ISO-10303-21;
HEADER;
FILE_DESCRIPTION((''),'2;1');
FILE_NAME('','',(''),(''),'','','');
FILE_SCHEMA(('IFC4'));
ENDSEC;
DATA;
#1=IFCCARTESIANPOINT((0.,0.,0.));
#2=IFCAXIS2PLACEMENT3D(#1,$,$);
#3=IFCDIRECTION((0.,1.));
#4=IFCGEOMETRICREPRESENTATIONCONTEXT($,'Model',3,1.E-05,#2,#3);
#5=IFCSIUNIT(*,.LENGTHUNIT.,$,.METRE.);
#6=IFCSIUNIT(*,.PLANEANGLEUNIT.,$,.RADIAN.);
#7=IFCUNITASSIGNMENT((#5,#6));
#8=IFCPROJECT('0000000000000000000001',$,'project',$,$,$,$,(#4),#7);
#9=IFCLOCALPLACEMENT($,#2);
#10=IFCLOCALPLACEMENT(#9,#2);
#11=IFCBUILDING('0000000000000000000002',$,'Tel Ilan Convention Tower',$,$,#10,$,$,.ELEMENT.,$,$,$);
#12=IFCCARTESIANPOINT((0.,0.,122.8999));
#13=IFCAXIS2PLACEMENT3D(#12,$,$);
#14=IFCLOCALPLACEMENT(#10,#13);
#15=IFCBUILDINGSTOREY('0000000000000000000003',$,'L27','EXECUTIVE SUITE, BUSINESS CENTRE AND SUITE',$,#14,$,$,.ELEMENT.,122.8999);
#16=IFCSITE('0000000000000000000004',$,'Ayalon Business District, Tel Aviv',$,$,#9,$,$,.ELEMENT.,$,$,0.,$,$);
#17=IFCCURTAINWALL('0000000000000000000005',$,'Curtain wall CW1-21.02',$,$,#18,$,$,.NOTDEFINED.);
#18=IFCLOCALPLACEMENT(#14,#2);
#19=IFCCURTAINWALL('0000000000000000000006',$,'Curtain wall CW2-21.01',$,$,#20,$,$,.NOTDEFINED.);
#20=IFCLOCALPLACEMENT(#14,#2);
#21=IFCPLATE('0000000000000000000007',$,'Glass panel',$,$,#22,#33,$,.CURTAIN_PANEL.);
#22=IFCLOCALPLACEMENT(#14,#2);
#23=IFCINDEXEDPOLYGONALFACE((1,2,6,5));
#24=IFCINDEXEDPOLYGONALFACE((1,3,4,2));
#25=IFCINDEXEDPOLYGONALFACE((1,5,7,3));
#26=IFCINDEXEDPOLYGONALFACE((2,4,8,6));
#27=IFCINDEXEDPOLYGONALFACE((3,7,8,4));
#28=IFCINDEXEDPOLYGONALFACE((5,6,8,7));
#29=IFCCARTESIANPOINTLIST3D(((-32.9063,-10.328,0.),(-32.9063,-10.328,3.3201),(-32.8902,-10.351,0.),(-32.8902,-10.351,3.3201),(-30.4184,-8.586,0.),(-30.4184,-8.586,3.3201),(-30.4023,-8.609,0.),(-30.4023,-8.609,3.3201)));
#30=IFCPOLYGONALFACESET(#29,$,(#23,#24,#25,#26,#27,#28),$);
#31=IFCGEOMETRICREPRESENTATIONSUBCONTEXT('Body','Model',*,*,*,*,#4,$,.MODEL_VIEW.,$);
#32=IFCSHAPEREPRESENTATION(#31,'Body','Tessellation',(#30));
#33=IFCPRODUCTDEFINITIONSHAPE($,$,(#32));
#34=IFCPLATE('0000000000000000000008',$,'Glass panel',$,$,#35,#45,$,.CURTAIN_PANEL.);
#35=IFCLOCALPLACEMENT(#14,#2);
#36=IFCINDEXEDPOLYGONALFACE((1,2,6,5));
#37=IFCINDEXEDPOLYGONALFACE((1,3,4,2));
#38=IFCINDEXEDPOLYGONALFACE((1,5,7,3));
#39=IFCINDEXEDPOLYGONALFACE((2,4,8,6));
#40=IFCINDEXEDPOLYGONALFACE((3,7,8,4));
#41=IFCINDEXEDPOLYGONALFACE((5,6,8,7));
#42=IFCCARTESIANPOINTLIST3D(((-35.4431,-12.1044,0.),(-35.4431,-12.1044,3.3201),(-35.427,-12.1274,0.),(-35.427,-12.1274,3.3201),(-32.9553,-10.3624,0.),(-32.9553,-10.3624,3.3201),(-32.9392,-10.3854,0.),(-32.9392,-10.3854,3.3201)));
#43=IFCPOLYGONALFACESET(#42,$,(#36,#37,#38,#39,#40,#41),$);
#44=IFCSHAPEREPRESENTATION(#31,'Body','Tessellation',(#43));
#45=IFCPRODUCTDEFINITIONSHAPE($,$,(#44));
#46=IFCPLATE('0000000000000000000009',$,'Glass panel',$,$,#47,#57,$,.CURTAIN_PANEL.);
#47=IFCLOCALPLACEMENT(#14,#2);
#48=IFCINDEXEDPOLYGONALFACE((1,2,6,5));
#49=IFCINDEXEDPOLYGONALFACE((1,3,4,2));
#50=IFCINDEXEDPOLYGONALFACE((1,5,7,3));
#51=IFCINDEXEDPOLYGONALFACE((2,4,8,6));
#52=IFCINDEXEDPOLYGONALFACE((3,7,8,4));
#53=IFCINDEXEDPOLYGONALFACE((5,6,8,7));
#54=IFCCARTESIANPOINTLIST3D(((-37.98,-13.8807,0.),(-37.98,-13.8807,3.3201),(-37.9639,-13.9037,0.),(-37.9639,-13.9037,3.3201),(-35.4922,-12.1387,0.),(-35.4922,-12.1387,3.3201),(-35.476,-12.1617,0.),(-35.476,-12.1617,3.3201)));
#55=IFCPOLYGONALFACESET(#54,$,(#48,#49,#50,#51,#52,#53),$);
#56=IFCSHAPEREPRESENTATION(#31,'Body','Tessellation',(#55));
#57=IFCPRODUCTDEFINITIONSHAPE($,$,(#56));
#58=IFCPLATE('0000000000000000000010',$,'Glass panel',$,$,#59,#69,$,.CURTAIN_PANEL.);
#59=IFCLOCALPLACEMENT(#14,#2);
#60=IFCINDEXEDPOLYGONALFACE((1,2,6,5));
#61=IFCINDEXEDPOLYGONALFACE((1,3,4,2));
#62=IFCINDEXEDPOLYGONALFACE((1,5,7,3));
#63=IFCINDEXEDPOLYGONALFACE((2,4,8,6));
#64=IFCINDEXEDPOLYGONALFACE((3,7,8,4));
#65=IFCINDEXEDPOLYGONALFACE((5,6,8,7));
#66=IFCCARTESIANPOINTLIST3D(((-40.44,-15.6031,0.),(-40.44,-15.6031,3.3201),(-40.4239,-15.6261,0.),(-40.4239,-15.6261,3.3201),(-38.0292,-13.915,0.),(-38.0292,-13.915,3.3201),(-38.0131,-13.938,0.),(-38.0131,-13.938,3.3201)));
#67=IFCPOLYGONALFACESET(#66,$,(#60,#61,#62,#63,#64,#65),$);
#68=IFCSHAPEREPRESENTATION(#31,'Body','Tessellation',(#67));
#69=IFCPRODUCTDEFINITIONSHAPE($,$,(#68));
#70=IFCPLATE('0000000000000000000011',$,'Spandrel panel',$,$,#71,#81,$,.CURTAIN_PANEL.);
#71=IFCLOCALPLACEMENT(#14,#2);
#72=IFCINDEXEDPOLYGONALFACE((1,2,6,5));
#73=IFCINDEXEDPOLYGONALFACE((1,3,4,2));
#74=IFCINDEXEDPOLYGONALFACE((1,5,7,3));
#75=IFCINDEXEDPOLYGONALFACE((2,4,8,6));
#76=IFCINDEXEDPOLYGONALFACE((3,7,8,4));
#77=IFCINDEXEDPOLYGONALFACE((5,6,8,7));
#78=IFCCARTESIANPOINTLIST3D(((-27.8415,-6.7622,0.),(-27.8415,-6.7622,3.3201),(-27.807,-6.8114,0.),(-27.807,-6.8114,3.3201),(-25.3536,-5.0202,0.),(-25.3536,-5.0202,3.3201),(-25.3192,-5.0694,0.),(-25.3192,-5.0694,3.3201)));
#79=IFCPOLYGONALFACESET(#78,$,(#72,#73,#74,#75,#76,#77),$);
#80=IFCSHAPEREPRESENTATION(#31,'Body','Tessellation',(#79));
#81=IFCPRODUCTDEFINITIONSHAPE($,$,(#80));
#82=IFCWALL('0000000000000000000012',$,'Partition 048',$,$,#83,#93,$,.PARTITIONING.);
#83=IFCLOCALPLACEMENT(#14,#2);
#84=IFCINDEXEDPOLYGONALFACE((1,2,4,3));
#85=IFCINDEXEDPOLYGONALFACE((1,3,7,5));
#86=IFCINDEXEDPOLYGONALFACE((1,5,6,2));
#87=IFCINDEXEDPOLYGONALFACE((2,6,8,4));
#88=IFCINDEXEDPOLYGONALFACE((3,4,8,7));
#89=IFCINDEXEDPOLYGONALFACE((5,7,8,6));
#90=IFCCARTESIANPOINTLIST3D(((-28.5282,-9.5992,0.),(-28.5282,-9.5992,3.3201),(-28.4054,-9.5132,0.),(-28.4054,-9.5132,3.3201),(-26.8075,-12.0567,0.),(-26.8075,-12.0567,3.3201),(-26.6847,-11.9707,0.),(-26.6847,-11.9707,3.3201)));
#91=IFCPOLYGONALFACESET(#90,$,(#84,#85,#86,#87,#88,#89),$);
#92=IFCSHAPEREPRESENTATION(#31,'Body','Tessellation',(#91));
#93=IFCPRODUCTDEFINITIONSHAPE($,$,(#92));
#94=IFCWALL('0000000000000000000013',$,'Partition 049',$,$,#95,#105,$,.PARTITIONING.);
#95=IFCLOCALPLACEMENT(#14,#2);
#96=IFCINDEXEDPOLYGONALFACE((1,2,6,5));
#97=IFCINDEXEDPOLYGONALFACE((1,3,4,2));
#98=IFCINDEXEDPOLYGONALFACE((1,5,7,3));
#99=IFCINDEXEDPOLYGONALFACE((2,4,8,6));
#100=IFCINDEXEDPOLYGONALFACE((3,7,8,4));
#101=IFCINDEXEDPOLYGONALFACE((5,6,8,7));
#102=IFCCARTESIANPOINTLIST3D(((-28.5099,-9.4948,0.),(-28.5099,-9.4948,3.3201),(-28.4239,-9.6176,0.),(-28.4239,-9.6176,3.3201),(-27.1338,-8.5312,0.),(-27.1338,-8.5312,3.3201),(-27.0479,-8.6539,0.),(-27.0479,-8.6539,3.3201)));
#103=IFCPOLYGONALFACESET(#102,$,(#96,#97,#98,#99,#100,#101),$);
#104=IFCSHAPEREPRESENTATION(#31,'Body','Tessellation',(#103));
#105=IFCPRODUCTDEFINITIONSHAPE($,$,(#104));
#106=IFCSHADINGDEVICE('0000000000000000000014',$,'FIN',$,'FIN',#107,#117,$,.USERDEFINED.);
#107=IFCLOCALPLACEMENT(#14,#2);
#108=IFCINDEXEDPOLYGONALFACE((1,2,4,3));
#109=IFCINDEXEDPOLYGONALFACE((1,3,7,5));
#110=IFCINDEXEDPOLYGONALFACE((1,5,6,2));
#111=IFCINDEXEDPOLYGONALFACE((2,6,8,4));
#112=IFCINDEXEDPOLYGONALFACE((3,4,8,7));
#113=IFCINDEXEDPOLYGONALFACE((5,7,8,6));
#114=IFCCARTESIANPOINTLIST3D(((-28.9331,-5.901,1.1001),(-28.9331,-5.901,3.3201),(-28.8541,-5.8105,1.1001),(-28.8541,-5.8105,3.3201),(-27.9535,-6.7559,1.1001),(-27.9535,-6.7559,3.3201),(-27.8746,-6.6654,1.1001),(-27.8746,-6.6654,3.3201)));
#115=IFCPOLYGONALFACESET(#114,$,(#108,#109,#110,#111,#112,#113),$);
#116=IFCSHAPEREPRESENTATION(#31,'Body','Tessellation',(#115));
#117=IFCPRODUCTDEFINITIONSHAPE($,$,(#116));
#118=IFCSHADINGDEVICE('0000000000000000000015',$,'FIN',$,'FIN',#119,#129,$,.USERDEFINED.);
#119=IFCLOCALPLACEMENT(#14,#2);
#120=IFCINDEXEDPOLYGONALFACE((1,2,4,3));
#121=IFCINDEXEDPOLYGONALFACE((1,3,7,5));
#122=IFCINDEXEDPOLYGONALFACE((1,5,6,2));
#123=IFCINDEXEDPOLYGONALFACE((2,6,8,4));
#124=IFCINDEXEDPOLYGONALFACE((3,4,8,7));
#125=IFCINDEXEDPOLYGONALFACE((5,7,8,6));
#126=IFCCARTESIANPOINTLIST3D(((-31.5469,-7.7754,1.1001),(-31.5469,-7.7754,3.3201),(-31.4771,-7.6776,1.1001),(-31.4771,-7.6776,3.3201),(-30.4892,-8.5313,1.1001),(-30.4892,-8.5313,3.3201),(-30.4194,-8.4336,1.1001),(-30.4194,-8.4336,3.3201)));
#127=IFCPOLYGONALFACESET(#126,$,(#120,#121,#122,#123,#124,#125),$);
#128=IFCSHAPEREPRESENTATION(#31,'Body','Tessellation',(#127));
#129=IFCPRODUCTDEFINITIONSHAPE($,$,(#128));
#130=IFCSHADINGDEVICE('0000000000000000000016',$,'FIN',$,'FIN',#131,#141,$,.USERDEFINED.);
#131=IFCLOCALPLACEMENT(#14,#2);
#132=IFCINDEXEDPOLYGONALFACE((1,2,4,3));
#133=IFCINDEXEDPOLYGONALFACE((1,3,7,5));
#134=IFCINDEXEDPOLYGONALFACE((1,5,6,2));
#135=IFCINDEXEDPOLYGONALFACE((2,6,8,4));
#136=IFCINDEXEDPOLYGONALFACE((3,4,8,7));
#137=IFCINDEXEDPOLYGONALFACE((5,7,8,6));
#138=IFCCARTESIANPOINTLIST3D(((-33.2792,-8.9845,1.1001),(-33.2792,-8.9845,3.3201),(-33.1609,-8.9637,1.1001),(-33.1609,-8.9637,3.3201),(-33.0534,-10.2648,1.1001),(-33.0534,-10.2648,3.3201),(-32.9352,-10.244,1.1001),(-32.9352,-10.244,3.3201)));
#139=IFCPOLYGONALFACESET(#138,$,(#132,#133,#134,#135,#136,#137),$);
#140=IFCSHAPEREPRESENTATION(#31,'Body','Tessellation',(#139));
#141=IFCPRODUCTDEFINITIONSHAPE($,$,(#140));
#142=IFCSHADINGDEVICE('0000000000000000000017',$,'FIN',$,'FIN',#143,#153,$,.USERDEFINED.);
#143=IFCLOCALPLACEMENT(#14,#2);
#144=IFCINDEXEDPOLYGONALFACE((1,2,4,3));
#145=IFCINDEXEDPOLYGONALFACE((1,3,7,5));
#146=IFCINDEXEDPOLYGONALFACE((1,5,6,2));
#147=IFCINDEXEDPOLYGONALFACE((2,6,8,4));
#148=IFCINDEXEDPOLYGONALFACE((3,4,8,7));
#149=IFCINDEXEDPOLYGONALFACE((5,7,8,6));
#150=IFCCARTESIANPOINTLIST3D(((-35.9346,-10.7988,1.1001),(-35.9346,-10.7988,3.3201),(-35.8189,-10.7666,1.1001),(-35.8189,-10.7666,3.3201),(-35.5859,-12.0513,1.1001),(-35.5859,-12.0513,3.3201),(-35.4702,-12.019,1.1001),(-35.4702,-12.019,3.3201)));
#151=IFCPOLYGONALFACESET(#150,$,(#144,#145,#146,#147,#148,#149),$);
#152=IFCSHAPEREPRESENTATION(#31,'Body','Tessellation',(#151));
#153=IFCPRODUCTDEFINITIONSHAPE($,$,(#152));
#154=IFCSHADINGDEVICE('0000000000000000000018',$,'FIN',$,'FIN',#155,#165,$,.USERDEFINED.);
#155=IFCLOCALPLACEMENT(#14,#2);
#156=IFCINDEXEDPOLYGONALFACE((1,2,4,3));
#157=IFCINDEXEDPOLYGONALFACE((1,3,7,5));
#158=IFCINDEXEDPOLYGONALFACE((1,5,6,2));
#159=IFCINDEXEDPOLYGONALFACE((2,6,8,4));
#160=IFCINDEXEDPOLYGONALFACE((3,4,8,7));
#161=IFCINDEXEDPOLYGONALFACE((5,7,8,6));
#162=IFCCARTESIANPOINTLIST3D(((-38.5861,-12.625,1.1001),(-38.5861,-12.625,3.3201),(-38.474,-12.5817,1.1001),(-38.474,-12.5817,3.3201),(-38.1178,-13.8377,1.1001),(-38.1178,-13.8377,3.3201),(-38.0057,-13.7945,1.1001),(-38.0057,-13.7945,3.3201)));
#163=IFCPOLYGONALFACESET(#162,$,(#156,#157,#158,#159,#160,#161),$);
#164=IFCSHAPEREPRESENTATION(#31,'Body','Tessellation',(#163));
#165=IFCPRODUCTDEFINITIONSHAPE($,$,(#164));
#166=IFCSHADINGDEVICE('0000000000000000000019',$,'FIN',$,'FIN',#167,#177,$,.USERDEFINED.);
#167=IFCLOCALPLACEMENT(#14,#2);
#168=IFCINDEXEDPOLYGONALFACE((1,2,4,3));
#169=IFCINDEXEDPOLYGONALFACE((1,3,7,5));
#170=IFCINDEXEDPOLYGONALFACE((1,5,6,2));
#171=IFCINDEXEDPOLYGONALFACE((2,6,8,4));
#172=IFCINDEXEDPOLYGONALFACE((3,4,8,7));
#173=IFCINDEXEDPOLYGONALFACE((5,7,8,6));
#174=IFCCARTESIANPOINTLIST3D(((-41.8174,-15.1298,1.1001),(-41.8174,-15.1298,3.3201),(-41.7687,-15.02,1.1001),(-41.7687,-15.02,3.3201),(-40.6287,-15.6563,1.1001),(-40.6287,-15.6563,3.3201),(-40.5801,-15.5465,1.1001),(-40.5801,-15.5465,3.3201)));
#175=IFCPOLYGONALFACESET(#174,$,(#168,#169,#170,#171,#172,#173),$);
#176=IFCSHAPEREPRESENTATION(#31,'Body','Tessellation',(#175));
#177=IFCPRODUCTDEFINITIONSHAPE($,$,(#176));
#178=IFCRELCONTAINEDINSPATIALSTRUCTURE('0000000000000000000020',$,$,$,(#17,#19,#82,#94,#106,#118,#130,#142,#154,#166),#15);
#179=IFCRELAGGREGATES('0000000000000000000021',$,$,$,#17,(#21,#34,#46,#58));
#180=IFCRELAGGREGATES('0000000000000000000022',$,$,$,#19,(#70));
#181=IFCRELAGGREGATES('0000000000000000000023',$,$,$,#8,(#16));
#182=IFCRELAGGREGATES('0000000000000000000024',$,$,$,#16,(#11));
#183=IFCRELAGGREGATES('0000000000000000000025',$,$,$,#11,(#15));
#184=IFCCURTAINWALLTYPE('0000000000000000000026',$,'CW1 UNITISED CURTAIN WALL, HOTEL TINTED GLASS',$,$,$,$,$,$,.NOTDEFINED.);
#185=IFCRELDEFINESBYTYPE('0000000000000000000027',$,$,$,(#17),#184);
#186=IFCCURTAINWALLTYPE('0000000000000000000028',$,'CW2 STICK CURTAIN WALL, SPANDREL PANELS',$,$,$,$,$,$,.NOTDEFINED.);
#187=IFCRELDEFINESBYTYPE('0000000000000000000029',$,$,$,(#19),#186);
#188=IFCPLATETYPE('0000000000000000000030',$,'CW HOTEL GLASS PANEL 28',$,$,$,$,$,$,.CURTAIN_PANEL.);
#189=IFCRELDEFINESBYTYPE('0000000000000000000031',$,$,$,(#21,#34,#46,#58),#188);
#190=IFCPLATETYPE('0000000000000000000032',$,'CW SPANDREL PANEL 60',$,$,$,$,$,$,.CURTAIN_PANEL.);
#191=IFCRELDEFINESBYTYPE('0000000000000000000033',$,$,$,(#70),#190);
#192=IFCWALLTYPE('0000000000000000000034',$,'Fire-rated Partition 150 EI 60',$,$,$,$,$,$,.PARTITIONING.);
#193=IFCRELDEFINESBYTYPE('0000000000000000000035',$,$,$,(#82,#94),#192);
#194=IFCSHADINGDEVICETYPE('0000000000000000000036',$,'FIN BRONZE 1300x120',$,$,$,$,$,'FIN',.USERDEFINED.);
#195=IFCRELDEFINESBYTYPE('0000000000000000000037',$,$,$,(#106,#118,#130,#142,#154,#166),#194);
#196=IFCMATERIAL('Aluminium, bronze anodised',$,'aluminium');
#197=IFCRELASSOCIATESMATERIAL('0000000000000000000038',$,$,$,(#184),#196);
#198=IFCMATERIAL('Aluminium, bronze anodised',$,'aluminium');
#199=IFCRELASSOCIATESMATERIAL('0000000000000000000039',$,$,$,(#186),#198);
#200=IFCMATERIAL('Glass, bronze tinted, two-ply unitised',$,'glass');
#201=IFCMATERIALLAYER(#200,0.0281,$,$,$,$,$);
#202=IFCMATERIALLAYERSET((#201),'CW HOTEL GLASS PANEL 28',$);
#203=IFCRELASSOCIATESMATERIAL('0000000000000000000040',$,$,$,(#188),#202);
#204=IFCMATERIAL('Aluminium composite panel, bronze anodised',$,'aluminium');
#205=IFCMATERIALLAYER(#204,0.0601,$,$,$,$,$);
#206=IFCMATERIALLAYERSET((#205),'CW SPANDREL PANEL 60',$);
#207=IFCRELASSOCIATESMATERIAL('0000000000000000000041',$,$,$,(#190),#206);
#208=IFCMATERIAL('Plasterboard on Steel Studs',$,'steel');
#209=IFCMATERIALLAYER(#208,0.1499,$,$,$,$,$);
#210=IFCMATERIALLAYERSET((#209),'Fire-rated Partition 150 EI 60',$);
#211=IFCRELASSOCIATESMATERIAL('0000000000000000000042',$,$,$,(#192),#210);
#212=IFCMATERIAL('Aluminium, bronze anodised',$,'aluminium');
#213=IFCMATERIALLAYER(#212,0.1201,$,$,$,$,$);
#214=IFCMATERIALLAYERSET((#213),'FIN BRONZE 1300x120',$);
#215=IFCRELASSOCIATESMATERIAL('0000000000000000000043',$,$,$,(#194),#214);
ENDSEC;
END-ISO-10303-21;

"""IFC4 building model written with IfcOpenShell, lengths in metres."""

from ifc_helpers import new_model, si_unit, direction, frame, frame_2d, origin, origin_2d, place, context, subcontext, project, spatial, rectangle, extrude, material, layer, layer_set, type_object, element, aggregate, save


model = new_model("IFC4")

# Units and contexts
model_context = context("Model", 3, precision=1e-05, world=origin(), true_north=direction((0.0, 1.0)))
body_context = subcontext(model_context, "Body", "Model", "MODEL_VIEW")
ifc_project = project(units=[si_unit("LENGTHUNIT", "METRE"), si_unit("PLANEANGLEUNIT", "RADIAN")], contexts=[model_context])

# Site, building, storey
site_placement = place(None, origin())
site = spatial("IfcSite", under=ifc_project, at=site_placement, Name="Ayalon Business District, Tel Aviv", CompositionType="ELEMENT", RefElevation=0.0)
building_placement = place(site_placement, origin())
building = spatial("IfcBuilding", under=site, at=building_placement, Name="Tel Ilan Convention Tower", CompositionType="ELEMENT")
storey_placement = place(building_placement, frame((0.0, 0.0, 122.8999)))
storey = spatial("IfcBuildingStorey", under=building, at=storey_placement, Name="L27", Description="EXECUTIVE SUITE, BUSINESS CENTRE AND SUITE", CompositionType="ELEMENT", Elevation=122.8999)

# Curtain wall
ifc_material_1 = material(Name="Aluminium, bronze anodised", Category="aluminium")
curtain_wall_type_1 = type_object("IfcCurtainWallType", Name="CW1 UNITISED CURTAIN WALL, HOTEL TINTED GLASS", PredefinedType="NOTDEFINED", material=ifc_material_1)
curtain_wall_1_placement = place(storey_placement, origin())
curtain_wall_1 = element("IfcCurtainWall", 1, at=curtain_wall_1_placement, inside=storey, type_object=curtain_wall_type_1, Name="Curtain wall CW1-21.02", PredefinedType="NOTDEFINED")

# Curtain wall
ifc_material_2 = material(Name="Aluminium, bronze anodised", Category="aluminium")
curtain_wall_type_2 = type_object("IfcCurtainWallType", Name="CW2 STICK CURTAIN WALL, SPANDREL PANELS", PredefinedType="NOTDEFINED", material=ifc_material_2)
curtain_wall_2_placement = place(storey_placement, origin())
curtain_wall_2 = element("IfcCurtainWall", 2, at=curtain_wall_2_placement, inside=storey, type_object=curtain_wall_type_2, Name="Curtain wall CW2-21.01", PredefinedType="NOTDEFINED")

# Plates
ifc_material_3 = material(Name="Glass, bronze tinted, two-ply unitised", Category="glass")
ifc_layer_1 = layer(ifc_material_3, 0.0281)
ifc_layer_set_1 = layer_set([ifc_layer_1], Name="CW HOTEL GLASS PANEL 28")
plate_type_1 = type_object("IfcPlateType", Name="CW HOTEL GLASS PANEL 28", PredefinedType="CURTAIN_PANEL", material=ifc_layer_set_1)
plate_1_placement = place(storey_placement, frame((-31.6543, -9.4685, 0.0), z_axis=(0.0, 0.0, 1.0), x_axis=(-0.819152, -0.573576, 0.0)))
plate_1 = element("IfcPlate", 3, at=plate_1_placement, type_object=plate_type_1, Name="Glass panel", PredefinedType="CURTAIN_PANEL", context=body_context, shape_type="SweptSolid", body=[
    extrude(rectangle(XDim=3.0371, YDim=0.0281, at=origin_2d()), origin(), (0.0, 0.0, 1.0), 3.3201),
])
plate_2_placement = place(storey_placement, frame((-34.1912, -11.2449, 0.0), z_axis=(0.0, 0.0, 1.0), x_axis=(-0.819152, -0.573576, 0.0)))
plate_2 = element("IfcPlate", 4, at=plate_2_placement, type_object=plate_type_1, Name="Glass panel", PredefinedType="CURTAIN_PANEL", context=body_context, shape_type="SweptSolid", body=[
    extrude(rectangle(XDim=3.0371, YDim=0.0281, at=origin_2d()), origin(), (0.0, 0.0, 1.0), 3.3201),
])
plate_3_placement = place(storey_placement, frame((-36.728, -13.0212, 0.0), z_axis=(0.0, 0.0, 1.0), x_axis=(-0.819152, -0.573576, 0.0)))
plate_3 = element("IfcPlate", 5, at=plate_3_placement, type_object=plate_type_1, Name="Glass panel", PredefinedType="CURTAIN_PANEL", context=body_context, shape_type="SweptSolid", body=[
    extrude(rectangle(XDim=3.0371, YDim=0.0281, at=origin_2d()), origin(), (0.0, 0.0, 1.0), 3.3201),
])
plate_4_placement = place(storey_placement, frame((-39.2266, -14.7705, 0.0), z_axis=(0.0, 0.0, 1.0), x_axis=(-0.819152, -0.573576, 0.0)))
plate_4 = element("IfcPlate", 6, at=plate_4_placement, type_object=plate_type_1, Name="Glass panel", PredefinedType="CURTAIN_PANEL", context=body_context, shape_type="SweptSolid", body=[
    extrude(rectangle(XDim=2.9431, YDim=0.0281, at=origin_2d()), origin(), (0.0, 0.0, 1.0), 3.3201),
])
aggregate(curtain_wall_1, [plate_1, plate_2, plate_3, plate_4])
ifc_material_4 = material(Name="Aluminium composite panel, bronze anodised", Category="aluminium")
ifc_layer_2 = layer(ifc_material_4, 0.0601)
ifc_layer_set_2 = layer_set([ifc_layer_2], Name="CW SPANDREL PANEL 60")
plate_type_2 = type_object("IfcPlateType", Name="CW SPANDREL PANEL 60", PredefinedType="CURTAIN_PANEL", material=ifc_layer_set_2)
plate_5_placement = place(storey_placement, frame((-26.5803, -5.9158, 0.0), z_axis=(0.0, 0.0, 1.0), x_axis=(-0.819152, -0.573576, 0.0)))
plate_5 = element("IfcPlate", 7, at=plate_5_placement, type_object=plate_type_2, Name="Spandrel panel", PredefinedType="CURTAIN_PANEL", context=body_context, shape_type="SweptSolid", body=[
    extrude(rectangle(XDim=3.0371, YDim=0.0601, at=origin_2d()), origin(), (0.0, 0.0, 1.0), 3.3201),
])
aggregate(curtain_wall_2, [plate_5])

# Walls
ifc_material_5 = material(Name="Plasterboard on Steel Studs", Category="steel")
ifc_layer_3 = layer(ifc_material_5, 0.1499)
ifc_layer_set_3 = layer_set([ifc_layer_3], Name="Fire-rated Partition 150 EI 60")
wall_type = type_object("IfcWallType", Name="Fire-rated Partition 150 EI 60", PredefinedType="PARTITIONING", material=ifc_layer_set_3)
wall_1_placement = place(storey_placement, frame((-26.7461, -12.0137, 0.0), z_axis=(0.0, 0.0, 1.0), x_axis=(-0.573561, 0.819163, 0.0)))
element("IfcWall", 8, at=wall_1_placement, inside=storey, type_object=wall_type, Name="Partition 048", PredefinedType="PARTITIONING", context=body_context, shape_type="SweptSolid", body=[
    extrude(rectangle(XDim=3.0, YDim=0.1499, at=frame_2d((1.5, 0.0))), origin(), (0.0, 0.0, 1.0), 3.3201),
])
wall_2_placement = place(storey_placement, frame((-28.4668, -9.5562, 0.0), z_axis=(0.0, 0.0, 1.0), x_axis=(0.819109, 0.573638, 0.0)))
element("IfcWall", 9, at=wall_2_placement, inside=storey, type_object=wall_type, Name="Partition 049", PredefinedType="PARTITIONING", context=body_context, shape_type="SweptSolid", body=[
    extrude(rectangle(XDim=1.6799, YDim=0.1499, at=frame_2d((0.8398, 0.0))), origin(), (0.0, 0.0, 1.0), 3.3201),
])

# Shading devices
ifc_material_6 = material(Name="Aluminium, bronze anodised", Category="aluminium")
ifc_layer_4 = layer(ifc_material_6, 0.1201)
ifc_layer_set_4 = layer_set([ifc_layer_4], Name="FIN BRONZE 1300x120")
shading_device_type = type_object("IfcShadingDeviceType", Name="FIN BRONZE 1300x120", ElementType="FIN", PredefinedType="USERDEFINED", material=ifc_layer_set_4)
for number, where, z_axis, x_axis, name in (
    (10, (-28.4038, -6.2832, 1.1001), (0.0, 0.0, 1.0), (-0.753436, 0.657521, 0.0), "FIN"),
    (11, (-30.9832, -8.1045, 1.1001), (0.0, 0.0, 1.0), (-0.813552, 0.581492, 0.0), "FIN"),
    (12, (-33.1072, -9.6143, 1.1001), (0.0, 0.0, 1.0), (-0.173648, 0.984808, 0.0), "FIN"),
    (13, (-35.7024, -11.4089, 1.1001), (0.0, 0.0, 1.0), (-0.268173, 0.963371, 0.0), "FIN"),
    (14, (-38.2959, -13.2097, 1.1001), (0.0, 0.0, 1.0), (-0.360178, 0.932884, 0.0), "FIN"),
    (15, (-41.1987, -15.3381, 1.1001), (0.0, 0.0, 1.0), (-0.914333, 0.404964, 0.0), "FIN"),
):
    element("IfcShadingDevice", number, at=place(storey_placement, frame(where, z_axis=z_axis, x_axis=x_axis)), inside=storey, type_object=shading_device_type, Name=name, ObjectType="FIN", PredefinedType="USERDEFINED", context=body_context, shape_type="SweptSolid", body=[
        extrude(rectangle(XDim=1.3, YDim=0.1201, at=origin_2d()), origin(), (0.0, 0.0, 1.0), 2.22),
    ])

save(model, "model.ifc")
